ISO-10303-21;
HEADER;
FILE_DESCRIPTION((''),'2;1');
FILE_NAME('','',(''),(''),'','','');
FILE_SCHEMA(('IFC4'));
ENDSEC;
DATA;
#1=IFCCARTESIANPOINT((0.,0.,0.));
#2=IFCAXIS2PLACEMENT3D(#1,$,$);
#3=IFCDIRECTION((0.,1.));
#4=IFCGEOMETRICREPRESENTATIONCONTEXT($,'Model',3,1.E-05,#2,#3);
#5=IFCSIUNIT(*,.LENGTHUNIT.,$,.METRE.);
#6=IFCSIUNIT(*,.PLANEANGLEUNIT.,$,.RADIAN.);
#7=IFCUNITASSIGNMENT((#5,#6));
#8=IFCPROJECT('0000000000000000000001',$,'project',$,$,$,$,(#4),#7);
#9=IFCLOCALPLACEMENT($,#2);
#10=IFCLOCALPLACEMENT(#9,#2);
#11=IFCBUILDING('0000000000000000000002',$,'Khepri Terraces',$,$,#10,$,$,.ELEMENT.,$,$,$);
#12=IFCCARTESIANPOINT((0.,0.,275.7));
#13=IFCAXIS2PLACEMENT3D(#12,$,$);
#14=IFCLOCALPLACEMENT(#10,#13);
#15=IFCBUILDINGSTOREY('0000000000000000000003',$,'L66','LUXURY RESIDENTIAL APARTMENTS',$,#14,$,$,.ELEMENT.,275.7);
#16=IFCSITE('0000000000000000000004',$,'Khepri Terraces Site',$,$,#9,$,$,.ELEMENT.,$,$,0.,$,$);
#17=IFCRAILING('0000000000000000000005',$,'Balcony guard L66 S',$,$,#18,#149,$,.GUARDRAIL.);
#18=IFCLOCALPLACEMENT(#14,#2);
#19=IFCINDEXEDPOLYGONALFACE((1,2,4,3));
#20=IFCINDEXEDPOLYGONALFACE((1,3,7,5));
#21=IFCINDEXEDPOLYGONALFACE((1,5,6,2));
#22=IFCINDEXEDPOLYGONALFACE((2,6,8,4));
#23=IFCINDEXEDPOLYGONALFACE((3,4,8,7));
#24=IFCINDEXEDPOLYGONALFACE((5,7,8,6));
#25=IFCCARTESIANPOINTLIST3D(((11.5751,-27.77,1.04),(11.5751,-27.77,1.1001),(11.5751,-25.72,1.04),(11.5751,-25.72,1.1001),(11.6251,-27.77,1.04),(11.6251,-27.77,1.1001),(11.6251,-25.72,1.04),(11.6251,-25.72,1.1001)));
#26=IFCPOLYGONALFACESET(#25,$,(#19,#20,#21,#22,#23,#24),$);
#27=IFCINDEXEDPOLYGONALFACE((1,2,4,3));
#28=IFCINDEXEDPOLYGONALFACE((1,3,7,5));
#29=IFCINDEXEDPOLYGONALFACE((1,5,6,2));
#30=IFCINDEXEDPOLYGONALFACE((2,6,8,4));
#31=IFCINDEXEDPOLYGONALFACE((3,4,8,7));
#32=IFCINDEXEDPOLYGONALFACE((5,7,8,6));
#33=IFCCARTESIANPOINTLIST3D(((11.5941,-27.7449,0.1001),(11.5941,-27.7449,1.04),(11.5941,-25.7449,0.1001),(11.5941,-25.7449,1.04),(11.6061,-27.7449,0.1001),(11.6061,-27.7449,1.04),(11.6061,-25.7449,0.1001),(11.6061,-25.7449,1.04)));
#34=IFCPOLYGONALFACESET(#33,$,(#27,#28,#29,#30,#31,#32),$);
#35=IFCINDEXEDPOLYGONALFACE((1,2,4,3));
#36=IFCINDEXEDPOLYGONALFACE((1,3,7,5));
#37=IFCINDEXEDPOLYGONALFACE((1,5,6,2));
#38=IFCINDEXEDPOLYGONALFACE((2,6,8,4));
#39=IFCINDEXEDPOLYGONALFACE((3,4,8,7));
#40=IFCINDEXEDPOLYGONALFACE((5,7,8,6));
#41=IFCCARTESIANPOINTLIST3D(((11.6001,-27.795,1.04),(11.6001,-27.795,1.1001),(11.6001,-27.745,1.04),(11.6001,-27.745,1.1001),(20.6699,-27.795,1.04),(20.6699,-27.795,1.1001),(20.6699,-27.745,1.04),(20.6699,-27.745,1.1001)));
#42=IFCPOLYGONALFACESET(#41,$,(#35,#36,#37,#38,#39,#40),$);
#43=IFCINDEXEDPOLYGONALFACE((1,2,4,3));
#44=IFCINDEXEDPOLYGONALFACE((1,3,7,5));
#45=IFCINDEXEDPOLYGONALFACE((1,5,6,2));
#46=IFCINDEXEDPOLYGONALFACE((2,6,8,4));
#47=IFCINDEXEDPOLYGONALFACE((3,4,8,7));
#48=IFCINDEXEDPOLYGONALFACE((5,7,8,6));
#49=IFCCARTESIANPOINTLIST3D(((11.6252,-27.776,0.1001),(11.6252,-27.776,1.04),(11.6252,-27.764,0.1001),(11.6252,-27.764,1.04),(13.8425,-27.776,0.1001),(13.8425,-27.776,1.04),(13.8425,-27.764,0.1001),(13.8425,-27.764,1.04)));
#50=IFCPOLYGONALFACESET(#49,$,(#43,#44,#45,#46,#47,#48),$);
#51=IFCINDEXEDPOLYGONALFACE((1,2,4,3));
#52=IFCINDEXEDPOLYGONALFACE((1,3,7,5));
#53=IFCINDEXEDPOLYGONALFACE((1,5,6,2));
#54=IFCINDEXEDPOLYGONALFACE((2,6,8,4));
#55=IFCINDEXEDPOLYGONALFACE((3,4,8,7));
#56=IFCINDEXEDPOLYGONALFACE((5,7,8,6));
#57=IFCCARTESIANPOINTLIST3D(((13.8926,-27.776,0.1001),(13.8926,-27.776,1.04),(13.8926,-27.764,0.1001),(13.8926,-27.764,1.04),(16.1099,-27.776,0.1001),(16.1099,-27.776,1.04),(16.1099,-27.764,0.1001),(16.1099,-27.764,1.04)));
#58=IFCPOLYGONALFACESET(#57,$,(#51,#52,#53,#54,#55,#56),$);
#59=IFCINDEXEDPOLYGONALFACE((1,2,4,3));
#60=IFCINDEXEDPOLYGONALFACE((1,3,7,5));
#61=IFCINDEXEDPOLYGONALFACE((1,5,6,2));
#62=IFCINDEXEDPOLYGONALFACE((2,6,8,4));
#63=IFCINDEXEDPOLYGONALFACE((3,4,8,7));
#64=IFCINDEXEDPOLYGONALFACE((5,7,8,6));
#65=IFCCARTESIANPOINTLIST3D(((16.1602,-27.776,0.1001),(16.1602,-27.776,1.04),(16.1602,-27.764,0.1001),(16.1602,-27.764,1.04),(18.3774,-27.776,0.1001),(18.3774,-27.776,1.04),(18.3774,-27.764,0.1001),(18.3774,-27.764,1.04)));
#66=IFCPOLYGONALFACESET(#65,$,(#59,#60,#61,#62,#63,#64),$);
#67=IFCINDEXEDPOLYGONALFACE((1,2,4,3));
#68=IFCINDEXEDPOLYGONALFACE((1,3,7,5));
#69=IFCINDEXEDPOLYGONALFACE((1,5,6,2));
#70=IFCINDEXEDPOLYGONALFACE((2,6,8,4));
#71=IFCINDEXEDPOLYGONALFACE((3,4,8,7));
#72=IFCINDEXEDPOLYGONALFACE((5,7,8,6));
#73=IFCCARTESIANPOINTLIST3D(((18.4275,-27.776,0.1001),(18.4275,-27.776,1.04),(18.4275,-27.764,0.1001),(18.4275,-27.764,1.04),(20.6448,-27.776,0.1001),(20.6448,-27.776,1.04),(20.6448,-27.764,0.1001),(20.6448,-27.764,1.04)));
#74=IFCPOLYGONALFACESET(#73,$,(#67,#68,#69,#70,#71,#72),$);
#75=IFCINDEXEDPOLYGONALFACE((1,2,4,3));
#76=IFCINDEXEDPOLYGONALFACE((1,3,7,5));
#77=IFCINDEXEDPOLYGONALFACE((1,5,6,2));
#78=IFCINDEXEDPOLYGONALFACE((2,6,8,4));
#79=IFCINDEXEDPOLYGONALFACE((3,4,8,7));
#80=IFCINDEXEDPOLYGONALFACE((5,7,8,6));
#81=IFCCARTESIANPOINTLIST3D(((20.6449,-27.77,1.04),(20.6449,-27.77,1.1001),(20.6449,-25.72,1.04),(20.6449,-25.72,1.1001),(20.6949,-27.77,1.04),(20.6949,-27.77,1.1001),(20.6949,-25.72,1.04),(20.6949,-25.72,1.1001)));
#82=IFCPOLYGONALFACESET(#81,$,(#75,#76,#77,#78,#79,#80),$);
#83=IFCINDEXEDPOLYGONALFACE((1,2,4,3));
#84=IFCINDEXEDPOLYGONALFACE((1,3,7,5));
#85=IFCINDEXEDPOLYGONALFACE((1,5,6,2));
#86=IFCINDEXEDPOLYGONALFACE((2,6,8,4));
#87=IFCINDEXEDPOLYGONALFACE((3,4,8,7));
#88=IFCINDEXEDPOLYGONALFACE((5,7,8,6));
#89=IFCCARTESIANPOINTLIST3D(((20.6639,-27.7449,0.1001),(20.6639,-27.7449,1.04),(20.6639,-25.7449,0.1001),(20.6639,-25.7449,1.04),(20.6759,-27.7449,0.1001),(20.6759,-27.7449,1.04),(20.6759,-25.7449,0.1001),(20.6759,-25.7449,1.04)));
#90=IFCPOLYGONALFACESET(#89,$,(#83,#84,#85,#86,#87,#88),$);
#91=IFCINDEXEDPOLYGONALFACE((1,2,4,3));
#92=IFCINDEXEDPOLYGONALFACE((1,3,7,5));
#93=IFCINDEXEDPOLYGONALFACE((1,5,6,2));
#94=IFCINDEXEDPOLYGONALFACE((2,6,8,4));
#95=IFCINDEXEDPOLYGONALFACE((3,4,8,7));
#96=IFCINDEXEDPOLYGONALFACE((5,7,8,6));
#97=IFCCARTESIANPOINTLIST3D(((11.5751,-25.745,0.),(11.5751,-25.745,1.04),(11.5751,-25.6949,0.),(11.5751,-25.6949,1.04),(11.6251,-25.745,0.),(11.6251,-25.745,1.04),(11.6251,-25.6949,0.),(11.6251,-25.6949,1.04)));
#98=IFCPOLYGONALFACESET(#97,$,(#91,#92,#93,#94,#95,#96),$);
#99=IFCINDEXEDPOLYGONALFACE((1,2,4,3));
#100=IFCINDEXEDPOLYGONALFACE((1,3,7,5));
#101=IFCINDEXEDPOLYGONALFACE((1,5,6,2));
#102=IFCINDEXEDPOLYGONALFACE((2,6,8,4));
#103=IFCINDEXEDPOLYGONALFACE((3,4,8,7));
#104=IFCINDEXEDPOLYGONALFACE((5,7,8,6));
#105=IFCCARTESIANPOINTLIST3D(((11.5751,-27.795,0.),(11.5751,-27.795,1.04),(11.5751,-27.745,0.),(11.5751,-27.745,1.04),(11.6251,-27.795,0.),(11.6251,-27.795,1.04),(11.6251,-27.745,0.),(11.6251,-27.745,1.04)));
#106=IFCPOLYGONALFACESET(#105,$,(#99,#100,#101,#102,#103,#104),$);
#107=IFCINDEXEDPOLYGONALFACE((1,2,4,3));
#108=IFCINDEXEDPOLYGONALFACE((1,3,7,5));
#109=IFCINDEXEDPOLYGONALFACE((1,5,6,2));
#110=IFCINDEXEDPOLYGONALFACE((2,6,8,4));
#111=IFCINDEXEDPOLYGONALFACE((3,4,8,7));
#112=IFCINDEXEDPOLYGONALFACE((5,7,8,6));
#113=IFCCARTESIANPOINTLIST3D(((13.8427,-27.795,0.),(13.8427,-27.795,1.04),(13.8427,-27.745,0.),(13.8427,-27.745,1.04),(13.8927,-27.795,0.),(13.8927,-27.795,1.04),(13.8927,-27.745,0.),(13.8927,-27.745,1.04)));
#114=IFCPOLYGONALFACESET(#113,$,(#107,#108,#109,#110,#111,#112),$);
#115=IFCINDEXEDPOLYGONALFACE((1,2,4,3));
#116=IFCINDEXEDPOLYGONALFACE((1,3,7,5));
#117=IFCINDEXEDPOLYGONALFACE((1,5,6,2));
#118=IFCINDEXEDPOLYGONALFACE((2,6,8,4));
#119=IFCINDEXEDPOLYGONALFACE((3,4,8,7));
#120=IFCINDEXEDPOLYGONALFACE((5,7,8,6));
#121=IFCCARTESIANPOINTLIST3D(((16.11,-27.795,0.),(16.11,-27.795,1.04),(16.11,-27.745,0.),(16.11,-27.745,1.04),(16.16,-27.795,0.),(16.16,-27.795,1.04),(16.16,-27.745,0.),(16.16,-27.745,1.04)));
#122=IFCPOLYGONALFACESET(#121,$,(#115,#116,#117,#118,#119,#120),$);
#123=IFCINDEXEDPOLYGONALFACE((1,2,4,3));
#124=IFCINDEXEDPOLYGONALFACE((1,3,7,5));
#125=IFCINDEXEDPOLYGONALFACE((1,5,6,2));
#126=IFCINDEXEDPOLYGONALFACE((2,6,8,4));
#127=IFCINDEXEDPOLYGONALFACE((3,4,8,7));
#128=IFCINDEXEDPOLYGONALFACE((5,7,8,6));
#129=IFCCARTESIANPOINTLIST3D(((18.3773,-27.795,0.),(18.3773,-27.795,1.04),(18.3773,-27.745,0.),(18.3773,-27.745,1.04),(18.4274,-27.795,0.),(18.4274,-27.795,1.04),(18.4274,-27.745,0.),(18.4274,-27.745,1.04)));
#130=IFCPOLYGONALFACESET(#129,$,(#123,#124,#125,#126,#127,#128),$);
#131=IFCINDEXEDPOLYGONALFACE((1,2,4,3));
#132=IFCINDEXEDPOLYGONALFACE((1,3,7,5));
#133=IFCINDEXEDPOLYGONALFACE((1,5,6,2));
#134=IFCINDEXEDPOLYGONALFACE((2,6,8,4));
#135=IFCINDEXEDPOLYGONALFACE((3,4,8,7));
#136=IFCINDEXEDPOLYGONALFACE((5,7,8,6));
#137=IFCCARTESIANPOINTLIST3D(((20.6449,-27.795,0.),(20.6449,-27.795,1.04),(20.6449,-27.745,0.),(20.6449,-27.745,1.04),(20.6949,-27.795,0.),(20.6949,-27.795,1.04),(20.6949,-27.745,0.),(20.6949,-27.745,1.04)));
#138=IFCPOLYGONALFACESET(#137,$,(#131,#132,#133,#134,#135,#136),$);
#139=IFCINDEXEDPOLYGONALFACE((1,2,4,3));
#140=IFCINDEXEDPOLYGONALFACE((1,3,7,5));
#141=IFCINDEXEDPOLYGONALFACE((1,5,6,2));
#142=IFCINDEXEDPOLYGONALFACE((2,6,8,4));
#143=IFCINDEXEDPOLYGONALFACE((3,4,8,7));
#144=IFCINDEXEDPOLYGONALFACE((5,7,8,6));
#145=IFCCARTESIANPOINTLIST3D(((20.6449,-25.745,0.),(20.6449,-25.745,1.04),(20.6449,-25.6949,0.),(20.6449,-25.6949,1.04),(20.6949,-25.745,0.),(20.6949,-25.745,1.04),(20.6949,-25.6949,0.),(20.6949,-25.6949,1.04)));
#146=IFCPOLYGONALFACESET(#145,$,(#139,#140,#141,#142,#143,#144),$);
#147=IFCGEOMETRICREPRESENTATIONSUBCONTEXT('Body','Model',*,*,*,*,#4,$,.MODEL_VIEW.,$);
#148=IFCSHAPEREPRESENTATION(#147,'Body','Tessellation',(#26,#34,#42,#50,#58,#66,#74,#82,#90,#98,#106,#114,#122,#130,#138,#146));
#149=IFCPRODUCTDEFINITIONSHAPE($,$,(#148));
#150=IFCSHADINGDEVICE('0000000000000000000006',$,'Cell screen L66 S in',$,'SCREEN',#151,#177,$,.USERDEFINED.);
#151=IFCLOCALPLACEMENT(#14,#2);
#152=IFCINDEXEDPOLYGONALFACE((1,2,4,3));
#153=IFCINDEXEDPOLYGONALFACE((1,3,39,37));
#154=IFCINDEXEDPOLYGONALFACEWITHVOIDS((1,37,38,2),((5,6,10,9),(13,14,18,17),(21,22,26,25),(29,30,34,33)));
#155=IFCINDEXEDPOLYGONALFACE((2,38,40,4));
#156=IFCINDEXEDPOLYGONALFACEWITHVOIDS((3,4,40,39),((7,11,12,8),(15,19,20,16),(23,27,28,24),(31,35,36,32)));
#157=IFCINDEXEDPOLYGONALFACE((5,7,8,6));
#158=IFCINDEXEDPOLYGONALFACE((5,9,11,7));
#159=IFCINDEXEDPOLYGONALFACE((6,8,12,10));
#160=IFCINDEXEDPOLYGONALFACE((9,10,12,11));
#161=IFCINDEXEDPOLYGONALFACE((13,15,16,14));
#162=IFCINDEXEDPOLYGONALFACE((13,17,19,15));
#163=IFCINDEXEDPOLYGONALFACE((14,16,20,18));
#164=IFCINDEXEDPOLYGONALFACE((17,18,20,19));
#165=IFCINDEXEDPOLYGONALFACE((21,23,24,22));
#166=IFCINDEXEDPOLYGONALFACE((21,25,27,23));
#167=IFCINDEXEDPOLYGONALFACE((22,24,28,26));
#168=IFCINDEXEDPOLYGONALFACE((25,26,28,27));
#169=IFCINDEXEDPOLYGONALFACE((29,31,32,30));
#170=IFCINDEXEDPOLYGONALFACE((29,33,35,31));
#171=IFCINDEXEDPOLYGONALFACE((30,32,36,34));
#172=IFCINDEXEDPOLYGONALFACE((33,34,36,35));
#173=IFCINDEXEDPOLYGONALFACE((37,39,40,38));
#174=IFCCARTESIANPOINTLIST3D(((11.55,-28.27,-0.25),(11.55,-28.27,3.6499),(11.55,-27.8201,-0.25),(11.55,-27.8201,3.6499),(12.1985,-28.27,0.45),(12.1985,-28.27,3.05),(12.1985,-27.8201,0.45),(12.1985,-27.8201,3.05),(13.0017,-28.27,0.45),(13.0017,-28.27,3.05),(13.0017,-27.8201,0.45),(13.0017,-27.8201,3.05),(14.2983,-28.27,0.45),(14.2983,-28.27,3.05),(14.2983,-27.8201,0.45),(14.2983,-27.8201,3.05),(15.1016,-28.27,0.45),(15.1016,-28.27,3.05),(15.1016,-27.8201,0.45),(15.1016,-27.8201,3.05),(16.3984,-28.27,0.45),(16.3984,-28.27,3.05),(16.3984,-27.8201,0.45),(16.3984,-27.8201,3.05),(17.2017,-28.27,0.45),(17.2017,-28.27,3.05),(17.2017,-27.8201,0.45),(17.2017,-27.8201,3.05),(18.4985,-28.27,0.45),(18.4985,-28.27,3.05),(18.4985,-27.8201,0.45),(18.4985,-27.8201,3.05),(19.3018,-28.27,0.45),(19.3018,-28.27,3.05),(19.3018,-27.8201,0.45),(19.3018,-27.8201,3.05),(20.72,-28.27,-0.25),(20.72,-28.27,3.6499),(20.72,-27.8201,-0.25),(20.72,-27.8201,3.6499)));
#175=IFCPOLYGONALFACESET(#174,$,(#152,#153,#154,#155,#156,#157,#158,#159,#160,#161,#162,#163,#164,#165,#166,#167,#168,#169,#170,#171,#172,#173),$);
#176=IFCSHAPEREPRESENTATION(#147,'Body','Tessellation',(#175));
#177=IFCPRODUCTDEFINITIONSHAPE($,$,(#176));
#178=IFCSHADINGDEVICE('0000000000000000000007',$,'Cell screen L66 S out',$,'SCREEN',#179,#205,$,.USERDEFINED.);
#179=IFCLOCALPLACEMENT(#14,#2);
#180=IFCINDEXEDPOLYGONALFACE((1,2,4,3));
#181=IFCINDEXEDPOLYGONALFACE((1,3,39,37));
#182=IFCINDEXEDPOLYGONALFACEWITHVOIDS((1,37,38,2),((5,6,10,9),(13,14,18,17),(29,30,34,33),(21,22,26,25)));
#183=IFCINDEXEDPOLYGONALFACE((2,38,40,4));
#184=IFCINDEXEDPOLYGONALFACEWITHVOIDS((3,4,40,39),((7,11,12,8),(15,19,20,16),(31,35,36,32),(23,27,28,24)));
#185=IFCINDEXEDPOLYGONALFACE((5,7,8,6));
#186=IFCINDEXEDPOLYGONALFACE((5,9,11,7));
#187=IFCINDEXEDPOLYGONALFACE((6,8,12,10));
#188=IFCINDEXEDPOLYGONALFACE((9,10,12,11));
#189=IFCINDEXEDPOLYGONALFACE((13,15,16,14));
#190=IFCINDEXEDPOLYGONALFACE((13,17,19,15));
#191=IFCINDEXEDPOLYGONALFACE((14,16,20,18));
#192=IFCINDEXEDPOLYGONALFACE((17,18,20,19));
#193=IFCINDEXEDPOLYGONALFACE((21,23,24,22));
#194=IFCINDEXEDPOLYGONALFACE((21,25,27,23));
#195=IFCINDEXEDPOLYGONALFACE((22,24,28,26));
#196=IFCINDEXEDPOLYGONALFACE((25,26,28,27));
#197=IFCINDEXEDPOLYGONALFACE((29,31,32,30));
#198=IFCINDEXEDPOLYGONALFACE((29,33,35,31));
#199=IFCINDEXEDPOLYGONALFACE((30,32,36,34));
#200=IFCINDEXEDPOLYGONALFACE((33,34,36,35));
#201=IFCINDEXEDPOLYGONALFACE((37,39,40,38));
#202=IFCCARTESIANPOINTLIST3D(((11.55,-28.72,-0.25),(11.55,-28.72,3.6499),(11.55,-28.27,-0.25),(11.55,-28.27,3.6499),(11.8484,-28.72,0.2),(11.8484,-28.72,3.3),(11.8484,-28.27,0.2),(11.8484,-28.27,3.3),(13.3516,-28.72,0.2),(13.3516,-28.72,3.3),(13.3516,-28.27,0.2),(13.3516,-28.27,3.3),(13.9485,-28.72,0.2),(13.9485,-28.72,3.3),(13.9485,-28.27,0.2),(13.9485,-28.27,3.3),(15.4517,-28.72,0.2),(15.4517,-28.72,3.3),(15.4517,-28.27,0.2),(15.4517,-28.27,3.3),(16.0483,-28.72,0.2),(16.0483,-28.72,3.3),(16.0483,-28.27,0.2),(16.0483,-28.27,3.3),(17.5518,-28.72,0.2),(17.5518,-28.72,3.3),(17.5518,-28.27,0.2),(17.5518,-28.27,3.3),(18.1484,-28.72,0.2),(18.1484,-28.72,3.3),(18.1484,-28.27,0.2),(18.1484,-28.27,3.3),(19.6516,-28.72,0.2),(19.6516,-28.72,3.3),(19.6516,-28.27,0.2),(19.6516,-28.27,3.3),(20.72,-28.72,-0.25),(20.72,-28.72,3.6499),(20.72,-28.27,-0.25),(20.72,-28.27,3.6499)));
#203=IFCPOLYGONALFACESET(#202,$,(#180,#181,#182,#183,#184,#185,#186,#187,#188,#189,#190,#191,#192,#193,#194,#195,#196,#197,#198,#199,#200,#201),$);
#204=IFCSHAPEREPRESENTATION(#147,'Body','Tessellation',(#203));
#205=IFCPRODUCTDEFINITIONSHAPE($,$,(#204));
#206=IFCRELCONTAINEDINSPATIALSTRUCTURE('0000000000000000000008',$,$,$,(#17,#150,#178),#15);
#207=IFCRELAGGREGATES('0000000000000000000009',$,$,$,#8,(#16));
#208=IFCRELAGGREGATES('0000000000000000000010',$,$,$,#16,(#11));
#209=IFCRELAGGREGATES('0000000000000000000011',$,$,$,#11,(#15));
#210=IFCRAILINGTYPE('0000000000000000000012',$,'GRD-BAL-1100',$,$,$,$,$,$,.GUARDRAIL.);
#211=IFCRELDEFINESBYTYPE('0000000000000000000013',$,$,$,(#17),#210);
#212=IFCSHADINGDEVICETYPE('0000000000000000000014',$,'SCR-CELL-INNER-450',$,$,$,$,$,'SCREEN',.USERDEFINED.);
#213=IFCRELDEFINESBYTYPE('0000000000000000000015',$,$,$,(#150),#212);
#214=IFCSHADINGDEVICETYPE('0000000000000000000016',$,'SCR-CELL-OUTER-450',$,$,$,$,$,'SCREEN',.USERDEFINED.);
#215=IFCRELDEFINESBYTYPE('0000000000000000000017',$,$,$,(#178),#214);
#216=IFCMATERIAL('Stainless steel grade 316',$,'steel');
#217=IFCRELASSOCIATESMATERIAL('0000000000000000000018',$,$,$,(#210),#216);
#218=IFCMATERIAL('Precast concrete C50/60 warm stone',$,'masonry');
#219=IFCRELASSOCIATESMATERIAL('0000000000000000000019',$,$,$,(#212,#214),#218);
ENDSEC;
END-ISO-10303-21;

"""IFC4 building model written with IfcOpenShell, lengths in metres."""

from ifc_helpers import new_model, si_unit, direction, frame, origin, origin_2d, place, context, subcontext, project, spatial, polyline, rectangle, outline, extrude, material, type_object, element, save


model = new_model("IFC4")

# Units and contexts
model_context = context("Model", 3, precision=1e-05, world=origin(), true_north=direction((0.0, 1.0)))
body_context = subcontext(model_context, "Body", "Model", "MODEL_VIEW")
ifc_project = project(units=[si_unit("LENGTHUNIT", "METRE"), si_unit("PLANEANGLEUNIT", "RADIAN")], contexts=[model_context])

# Site, building, storey
site_placement = place(None, origin())
site = spatial("IfcSite", under=ifc_project, at=site_placement, Name="Khepri Terraces Site", CompositionType="ELEMENT", RefElevation=0.0)
building_placement = place(site_placement, origin())
building = spatial("IfcBuilding", under=site, at=building_placement, Name="Khepri Terraces", CompositionType="ELEMENT")
storey_placement = place(building_placement, frame((0.0, 0.0, 275.7)))
storey = spatial("IfcBuildingStorey", under=building, at=storey_placement, Name="L66", Description="LUXURY RESIDENTIAL APARTMENTS", CompositionType="ELEMENT", Elevation=275.7)

# Railing
ifc_material_1 = material(Name="Stainless steel grade 316", Category="steel")
railing_type = type_object("IfcRailingType", Name="GRD-BAL-1100", PredefinedType="GUARDRAIL", material=ifc_material_1)
railing_placement = place(storey_placement, frame((11.6001, -25.72, 0.0)))
element("IfcRailing", 1, at=railing_placement, inside=storey, type_object=railing_type, Name="Balcony guard L66 S", PredefinedType="GUARDRAIL", context=body_context, shape_type="SweptSolid", body=[
    extrude(rectangle(XDim=0.05, YDim=0.0601, at=origin_2d()), frame((0.0, 0.0, 1.0701), z_axis=(0.0, -1.0, 0.0), x_axis=(1.0, 0.0, 0.0)), (0.0, 0.0, 1.0), 2.05),
    extrude(rectangle(XDim=2.0, YDim=0.012, at=origin_2d()), frame((0.0, -1.0249, 0.1001), z_axis=(0.0, 0.0, 1.0), x_axis=(0.0, -1.0, 0.0)), (0.0, 0.0, 1.0), 0.9399),
    extrude(rectangle(XDim=0.05, YDim=0.0601, at=origin_2d()), frame((0.0, -2.05, 1.0701), z_axis=(1.0, 0.0, 0.0), x_axis=(0.0, 1.0, 0.0)), (0.0, 0.0, 1.0), 9.0698),
    extrude(rectangle(XDim=2.2173, YDim=0.012, at=origin_2d()), frame((1.1338, -2.05, 0.1001), z_axis=(0.0, 0.0, 1.0), x_axis=(1.0, 0.0, 0.0)), (0.0, 0.0, 1.0), 0.9399),
    extrude(rectangle(XDim=2.2173, YDim=0.012, at=origin_2d()), frame((3.4011, -2.05, 0.1001), z_axis=(0.0, 0.0, 1.0), x_axis=(1.0, 0.0, 0.0)), (0.0, 0.0, 1.0), 0.9399),
    extrude(rectangle(XDim=2.2173, YDim=0.012, at=origin_2d()), frame((5.6687, -2.05, 0.1001), z_axis=(0.0, 0.0, 1.0), x_axis=(1.0, 0.0, 0.0)), (0.0, 0.0, 1.0), 0.9399),
    extrude(rectangle(XDim=2.2173, YDim=0.012, at=origin_2d()), frame((7.936, -2.05, 0.1001), z_axis=(0.0, 0.0, 1.0), x_axis=(1.0, 0.0, 0.0)), (0.0, 0.0, 1.0), 0.9399),
    extrude(rectangle(XDim=0.05, YDim=0.0601, at=origin_2d()), frame((9.0698, -2.05, 1.0701), z_axis=(0.0, 1.0, 0.0), x_axis=(-1.0, 0.0, 0.0)), (0.0, 0.0, 1.0), 2.05),
    extrude(rectangle(XDim=2.0, YDim=0.012, at=origin_2d()), frame((9.0698, -1.0249, 0.1001), z_axis=(0.0, 0.0, 1.0), x_axis=(0.0, 1.0, 0.0)), (0.0, 0.0, 1.0), 0.9399),
    extrude(rectangle(XDim=0.05, YDim=0.05, at=origin_2d()), origin(), (0.0, 0.0, 1.0), 1.04),
    extrude(rectangle(XDim=0.05, YDim=0.05, at=origin_2d()), frame((0.0, -2.05, 0.0)), (0.0, 0.0, 1.0), 1.04),
    extrude(rectangle(XDim=0.05, YDim=0.05, at=origin_2d()), frame((2.2676, -2.05, 0.0)), (0.0, 0.0, 1.0), 1.04),
    extrude(rectangle(XDim=0.05, YDim=0.05, at=origin_2d()), frame((4.5349, -2.05, 0.0)), (0.0, 0.0, 1.0), 1.04),
    extrude(rectangle(XDim=0.05, YDim=0.05, at=origin_2d()), frame((6.8022, -2.05, 0.0)), (0.0, 0.0, 1.0), 1.04),
    extrude(rectangle(XDim=0.05, YDim=0.05, at=origin_2d()), frame((9.0698, -2.05, 0.0)), (0.0, 0.0, 1.0), 1.04),
    extrude(rectangle(XDim=0.05, YDim=0.05, at=origin_2d()), frame((9.0698, 0.0, 0.0)), (0.0, 0.0, 1.0), 1.04),
])

# Shading devices
ifc_material_2 = material(Name="Precast concrete C50/60 warm stone", Category="masonry")
shading_device_type_1 = type_object("IfcShadingDeviceType", Name="SCR-CELL-INNER-450", ElementType="SCREEN", PredefinedType="USERDEFINED", material=ifc_material_2)
shading_device_1_placement = place(storey_placement, frame((11.55, -27.8201, -0.25), z_axis=(0.0, -1.0, 0.0), x_axis=(1.0, 0.0, 0.0)))
element("IfcShadingDevice", 2, at=shading_device_1_placement, inside=storey, type_object=shading_device_type_1, Name="Cell screen L66 S in", ObjectType="SCREEN", PredefinedType="USERDEFINED", context=body_context, shape_type="SweptSolid", body=[
    extrude(outline(polyline([(0.0, 0.0), (9.1699, 0.0), (9.1699, 3.8999), (0.0, 3.8999), (0.0, 0.0)]), holes=[polyline([(0.6484, 0.7), (1.4517, 0.7), (1.4517, 3.3), (0.6484, 3.3), (0.6484, 0.7)]), polyline([(2.7483, 0.7), (3.5515, 0.7), (3.5515, 3.3), (2.7483, 3.3), (2.7483, 0.7)]), polyline([(4.8484, 0.7), (5.6516, 0.7), (5.6516, 3.3), (4.8484, 3.3), (4.8484, 0.7)]), polyline([(6.9485, 0.7), (7.7517, 0.7), (7.7517, 3.3), (6.9485, 3.3), (6.9485, 0.7)])]), origin(), (0.0, 0.0, 1.0), 0.45),
])
shading_device_type_2 = type_object("IfcShadingDeviceType", Name="SCR-CELL-OUTER-450", ElementType="SCREEN", PredefinedType="USERDEFINED", material=ifc_material_2)
shading_device_2_placement = place(storey_placement, frame((11.55, -28.27, -0.25), z_axis=(0.0, -1.0, 0.0), x_axis=(1.0, 0.0, 0.0)))
element("IfcShadingDevice", 3, at=shading_device_2_placement, inside=storey, type_object=shading_device_type_2, Name="Cell screen L66 S out", ObjectType="SCREEN", PredefinedType="USERDEFINED", context=body_context, shape_type="SweptSolid", body=[
    extrude(outline(polyline([(0.0, 0.0), (9.1699, 0.0), (9.1699, 3.8999), (0.0, 3.8999), (0.0, 0.0)]), holes=[polyline([(0.2983, 0.45), (1.8015, 0.45), (1.8015, 3.55), (0.2983, 3.55), (0.2983, 0.45)]), polyline([(2.3984, 0.45), (3.9016, 0.45), (3.9016, 3.55), (2.3984, 3.55), (2.3984, 0.45)]), polyline([(4.4983, 0.45), (6.0017, 0.45), (6.0017, 3.55), (4.4983, 3.55), (4.4983, 0.45)]), polyline([(6.5984, 0.45), (8.1016, 0.45), (8.1016, 3.55), (6.5984, 3.55), (6.5984, 0.45)])]), origin(), (0.0, 0.0, 1.0), 0.45),
])

save(model, "model.ifc")
